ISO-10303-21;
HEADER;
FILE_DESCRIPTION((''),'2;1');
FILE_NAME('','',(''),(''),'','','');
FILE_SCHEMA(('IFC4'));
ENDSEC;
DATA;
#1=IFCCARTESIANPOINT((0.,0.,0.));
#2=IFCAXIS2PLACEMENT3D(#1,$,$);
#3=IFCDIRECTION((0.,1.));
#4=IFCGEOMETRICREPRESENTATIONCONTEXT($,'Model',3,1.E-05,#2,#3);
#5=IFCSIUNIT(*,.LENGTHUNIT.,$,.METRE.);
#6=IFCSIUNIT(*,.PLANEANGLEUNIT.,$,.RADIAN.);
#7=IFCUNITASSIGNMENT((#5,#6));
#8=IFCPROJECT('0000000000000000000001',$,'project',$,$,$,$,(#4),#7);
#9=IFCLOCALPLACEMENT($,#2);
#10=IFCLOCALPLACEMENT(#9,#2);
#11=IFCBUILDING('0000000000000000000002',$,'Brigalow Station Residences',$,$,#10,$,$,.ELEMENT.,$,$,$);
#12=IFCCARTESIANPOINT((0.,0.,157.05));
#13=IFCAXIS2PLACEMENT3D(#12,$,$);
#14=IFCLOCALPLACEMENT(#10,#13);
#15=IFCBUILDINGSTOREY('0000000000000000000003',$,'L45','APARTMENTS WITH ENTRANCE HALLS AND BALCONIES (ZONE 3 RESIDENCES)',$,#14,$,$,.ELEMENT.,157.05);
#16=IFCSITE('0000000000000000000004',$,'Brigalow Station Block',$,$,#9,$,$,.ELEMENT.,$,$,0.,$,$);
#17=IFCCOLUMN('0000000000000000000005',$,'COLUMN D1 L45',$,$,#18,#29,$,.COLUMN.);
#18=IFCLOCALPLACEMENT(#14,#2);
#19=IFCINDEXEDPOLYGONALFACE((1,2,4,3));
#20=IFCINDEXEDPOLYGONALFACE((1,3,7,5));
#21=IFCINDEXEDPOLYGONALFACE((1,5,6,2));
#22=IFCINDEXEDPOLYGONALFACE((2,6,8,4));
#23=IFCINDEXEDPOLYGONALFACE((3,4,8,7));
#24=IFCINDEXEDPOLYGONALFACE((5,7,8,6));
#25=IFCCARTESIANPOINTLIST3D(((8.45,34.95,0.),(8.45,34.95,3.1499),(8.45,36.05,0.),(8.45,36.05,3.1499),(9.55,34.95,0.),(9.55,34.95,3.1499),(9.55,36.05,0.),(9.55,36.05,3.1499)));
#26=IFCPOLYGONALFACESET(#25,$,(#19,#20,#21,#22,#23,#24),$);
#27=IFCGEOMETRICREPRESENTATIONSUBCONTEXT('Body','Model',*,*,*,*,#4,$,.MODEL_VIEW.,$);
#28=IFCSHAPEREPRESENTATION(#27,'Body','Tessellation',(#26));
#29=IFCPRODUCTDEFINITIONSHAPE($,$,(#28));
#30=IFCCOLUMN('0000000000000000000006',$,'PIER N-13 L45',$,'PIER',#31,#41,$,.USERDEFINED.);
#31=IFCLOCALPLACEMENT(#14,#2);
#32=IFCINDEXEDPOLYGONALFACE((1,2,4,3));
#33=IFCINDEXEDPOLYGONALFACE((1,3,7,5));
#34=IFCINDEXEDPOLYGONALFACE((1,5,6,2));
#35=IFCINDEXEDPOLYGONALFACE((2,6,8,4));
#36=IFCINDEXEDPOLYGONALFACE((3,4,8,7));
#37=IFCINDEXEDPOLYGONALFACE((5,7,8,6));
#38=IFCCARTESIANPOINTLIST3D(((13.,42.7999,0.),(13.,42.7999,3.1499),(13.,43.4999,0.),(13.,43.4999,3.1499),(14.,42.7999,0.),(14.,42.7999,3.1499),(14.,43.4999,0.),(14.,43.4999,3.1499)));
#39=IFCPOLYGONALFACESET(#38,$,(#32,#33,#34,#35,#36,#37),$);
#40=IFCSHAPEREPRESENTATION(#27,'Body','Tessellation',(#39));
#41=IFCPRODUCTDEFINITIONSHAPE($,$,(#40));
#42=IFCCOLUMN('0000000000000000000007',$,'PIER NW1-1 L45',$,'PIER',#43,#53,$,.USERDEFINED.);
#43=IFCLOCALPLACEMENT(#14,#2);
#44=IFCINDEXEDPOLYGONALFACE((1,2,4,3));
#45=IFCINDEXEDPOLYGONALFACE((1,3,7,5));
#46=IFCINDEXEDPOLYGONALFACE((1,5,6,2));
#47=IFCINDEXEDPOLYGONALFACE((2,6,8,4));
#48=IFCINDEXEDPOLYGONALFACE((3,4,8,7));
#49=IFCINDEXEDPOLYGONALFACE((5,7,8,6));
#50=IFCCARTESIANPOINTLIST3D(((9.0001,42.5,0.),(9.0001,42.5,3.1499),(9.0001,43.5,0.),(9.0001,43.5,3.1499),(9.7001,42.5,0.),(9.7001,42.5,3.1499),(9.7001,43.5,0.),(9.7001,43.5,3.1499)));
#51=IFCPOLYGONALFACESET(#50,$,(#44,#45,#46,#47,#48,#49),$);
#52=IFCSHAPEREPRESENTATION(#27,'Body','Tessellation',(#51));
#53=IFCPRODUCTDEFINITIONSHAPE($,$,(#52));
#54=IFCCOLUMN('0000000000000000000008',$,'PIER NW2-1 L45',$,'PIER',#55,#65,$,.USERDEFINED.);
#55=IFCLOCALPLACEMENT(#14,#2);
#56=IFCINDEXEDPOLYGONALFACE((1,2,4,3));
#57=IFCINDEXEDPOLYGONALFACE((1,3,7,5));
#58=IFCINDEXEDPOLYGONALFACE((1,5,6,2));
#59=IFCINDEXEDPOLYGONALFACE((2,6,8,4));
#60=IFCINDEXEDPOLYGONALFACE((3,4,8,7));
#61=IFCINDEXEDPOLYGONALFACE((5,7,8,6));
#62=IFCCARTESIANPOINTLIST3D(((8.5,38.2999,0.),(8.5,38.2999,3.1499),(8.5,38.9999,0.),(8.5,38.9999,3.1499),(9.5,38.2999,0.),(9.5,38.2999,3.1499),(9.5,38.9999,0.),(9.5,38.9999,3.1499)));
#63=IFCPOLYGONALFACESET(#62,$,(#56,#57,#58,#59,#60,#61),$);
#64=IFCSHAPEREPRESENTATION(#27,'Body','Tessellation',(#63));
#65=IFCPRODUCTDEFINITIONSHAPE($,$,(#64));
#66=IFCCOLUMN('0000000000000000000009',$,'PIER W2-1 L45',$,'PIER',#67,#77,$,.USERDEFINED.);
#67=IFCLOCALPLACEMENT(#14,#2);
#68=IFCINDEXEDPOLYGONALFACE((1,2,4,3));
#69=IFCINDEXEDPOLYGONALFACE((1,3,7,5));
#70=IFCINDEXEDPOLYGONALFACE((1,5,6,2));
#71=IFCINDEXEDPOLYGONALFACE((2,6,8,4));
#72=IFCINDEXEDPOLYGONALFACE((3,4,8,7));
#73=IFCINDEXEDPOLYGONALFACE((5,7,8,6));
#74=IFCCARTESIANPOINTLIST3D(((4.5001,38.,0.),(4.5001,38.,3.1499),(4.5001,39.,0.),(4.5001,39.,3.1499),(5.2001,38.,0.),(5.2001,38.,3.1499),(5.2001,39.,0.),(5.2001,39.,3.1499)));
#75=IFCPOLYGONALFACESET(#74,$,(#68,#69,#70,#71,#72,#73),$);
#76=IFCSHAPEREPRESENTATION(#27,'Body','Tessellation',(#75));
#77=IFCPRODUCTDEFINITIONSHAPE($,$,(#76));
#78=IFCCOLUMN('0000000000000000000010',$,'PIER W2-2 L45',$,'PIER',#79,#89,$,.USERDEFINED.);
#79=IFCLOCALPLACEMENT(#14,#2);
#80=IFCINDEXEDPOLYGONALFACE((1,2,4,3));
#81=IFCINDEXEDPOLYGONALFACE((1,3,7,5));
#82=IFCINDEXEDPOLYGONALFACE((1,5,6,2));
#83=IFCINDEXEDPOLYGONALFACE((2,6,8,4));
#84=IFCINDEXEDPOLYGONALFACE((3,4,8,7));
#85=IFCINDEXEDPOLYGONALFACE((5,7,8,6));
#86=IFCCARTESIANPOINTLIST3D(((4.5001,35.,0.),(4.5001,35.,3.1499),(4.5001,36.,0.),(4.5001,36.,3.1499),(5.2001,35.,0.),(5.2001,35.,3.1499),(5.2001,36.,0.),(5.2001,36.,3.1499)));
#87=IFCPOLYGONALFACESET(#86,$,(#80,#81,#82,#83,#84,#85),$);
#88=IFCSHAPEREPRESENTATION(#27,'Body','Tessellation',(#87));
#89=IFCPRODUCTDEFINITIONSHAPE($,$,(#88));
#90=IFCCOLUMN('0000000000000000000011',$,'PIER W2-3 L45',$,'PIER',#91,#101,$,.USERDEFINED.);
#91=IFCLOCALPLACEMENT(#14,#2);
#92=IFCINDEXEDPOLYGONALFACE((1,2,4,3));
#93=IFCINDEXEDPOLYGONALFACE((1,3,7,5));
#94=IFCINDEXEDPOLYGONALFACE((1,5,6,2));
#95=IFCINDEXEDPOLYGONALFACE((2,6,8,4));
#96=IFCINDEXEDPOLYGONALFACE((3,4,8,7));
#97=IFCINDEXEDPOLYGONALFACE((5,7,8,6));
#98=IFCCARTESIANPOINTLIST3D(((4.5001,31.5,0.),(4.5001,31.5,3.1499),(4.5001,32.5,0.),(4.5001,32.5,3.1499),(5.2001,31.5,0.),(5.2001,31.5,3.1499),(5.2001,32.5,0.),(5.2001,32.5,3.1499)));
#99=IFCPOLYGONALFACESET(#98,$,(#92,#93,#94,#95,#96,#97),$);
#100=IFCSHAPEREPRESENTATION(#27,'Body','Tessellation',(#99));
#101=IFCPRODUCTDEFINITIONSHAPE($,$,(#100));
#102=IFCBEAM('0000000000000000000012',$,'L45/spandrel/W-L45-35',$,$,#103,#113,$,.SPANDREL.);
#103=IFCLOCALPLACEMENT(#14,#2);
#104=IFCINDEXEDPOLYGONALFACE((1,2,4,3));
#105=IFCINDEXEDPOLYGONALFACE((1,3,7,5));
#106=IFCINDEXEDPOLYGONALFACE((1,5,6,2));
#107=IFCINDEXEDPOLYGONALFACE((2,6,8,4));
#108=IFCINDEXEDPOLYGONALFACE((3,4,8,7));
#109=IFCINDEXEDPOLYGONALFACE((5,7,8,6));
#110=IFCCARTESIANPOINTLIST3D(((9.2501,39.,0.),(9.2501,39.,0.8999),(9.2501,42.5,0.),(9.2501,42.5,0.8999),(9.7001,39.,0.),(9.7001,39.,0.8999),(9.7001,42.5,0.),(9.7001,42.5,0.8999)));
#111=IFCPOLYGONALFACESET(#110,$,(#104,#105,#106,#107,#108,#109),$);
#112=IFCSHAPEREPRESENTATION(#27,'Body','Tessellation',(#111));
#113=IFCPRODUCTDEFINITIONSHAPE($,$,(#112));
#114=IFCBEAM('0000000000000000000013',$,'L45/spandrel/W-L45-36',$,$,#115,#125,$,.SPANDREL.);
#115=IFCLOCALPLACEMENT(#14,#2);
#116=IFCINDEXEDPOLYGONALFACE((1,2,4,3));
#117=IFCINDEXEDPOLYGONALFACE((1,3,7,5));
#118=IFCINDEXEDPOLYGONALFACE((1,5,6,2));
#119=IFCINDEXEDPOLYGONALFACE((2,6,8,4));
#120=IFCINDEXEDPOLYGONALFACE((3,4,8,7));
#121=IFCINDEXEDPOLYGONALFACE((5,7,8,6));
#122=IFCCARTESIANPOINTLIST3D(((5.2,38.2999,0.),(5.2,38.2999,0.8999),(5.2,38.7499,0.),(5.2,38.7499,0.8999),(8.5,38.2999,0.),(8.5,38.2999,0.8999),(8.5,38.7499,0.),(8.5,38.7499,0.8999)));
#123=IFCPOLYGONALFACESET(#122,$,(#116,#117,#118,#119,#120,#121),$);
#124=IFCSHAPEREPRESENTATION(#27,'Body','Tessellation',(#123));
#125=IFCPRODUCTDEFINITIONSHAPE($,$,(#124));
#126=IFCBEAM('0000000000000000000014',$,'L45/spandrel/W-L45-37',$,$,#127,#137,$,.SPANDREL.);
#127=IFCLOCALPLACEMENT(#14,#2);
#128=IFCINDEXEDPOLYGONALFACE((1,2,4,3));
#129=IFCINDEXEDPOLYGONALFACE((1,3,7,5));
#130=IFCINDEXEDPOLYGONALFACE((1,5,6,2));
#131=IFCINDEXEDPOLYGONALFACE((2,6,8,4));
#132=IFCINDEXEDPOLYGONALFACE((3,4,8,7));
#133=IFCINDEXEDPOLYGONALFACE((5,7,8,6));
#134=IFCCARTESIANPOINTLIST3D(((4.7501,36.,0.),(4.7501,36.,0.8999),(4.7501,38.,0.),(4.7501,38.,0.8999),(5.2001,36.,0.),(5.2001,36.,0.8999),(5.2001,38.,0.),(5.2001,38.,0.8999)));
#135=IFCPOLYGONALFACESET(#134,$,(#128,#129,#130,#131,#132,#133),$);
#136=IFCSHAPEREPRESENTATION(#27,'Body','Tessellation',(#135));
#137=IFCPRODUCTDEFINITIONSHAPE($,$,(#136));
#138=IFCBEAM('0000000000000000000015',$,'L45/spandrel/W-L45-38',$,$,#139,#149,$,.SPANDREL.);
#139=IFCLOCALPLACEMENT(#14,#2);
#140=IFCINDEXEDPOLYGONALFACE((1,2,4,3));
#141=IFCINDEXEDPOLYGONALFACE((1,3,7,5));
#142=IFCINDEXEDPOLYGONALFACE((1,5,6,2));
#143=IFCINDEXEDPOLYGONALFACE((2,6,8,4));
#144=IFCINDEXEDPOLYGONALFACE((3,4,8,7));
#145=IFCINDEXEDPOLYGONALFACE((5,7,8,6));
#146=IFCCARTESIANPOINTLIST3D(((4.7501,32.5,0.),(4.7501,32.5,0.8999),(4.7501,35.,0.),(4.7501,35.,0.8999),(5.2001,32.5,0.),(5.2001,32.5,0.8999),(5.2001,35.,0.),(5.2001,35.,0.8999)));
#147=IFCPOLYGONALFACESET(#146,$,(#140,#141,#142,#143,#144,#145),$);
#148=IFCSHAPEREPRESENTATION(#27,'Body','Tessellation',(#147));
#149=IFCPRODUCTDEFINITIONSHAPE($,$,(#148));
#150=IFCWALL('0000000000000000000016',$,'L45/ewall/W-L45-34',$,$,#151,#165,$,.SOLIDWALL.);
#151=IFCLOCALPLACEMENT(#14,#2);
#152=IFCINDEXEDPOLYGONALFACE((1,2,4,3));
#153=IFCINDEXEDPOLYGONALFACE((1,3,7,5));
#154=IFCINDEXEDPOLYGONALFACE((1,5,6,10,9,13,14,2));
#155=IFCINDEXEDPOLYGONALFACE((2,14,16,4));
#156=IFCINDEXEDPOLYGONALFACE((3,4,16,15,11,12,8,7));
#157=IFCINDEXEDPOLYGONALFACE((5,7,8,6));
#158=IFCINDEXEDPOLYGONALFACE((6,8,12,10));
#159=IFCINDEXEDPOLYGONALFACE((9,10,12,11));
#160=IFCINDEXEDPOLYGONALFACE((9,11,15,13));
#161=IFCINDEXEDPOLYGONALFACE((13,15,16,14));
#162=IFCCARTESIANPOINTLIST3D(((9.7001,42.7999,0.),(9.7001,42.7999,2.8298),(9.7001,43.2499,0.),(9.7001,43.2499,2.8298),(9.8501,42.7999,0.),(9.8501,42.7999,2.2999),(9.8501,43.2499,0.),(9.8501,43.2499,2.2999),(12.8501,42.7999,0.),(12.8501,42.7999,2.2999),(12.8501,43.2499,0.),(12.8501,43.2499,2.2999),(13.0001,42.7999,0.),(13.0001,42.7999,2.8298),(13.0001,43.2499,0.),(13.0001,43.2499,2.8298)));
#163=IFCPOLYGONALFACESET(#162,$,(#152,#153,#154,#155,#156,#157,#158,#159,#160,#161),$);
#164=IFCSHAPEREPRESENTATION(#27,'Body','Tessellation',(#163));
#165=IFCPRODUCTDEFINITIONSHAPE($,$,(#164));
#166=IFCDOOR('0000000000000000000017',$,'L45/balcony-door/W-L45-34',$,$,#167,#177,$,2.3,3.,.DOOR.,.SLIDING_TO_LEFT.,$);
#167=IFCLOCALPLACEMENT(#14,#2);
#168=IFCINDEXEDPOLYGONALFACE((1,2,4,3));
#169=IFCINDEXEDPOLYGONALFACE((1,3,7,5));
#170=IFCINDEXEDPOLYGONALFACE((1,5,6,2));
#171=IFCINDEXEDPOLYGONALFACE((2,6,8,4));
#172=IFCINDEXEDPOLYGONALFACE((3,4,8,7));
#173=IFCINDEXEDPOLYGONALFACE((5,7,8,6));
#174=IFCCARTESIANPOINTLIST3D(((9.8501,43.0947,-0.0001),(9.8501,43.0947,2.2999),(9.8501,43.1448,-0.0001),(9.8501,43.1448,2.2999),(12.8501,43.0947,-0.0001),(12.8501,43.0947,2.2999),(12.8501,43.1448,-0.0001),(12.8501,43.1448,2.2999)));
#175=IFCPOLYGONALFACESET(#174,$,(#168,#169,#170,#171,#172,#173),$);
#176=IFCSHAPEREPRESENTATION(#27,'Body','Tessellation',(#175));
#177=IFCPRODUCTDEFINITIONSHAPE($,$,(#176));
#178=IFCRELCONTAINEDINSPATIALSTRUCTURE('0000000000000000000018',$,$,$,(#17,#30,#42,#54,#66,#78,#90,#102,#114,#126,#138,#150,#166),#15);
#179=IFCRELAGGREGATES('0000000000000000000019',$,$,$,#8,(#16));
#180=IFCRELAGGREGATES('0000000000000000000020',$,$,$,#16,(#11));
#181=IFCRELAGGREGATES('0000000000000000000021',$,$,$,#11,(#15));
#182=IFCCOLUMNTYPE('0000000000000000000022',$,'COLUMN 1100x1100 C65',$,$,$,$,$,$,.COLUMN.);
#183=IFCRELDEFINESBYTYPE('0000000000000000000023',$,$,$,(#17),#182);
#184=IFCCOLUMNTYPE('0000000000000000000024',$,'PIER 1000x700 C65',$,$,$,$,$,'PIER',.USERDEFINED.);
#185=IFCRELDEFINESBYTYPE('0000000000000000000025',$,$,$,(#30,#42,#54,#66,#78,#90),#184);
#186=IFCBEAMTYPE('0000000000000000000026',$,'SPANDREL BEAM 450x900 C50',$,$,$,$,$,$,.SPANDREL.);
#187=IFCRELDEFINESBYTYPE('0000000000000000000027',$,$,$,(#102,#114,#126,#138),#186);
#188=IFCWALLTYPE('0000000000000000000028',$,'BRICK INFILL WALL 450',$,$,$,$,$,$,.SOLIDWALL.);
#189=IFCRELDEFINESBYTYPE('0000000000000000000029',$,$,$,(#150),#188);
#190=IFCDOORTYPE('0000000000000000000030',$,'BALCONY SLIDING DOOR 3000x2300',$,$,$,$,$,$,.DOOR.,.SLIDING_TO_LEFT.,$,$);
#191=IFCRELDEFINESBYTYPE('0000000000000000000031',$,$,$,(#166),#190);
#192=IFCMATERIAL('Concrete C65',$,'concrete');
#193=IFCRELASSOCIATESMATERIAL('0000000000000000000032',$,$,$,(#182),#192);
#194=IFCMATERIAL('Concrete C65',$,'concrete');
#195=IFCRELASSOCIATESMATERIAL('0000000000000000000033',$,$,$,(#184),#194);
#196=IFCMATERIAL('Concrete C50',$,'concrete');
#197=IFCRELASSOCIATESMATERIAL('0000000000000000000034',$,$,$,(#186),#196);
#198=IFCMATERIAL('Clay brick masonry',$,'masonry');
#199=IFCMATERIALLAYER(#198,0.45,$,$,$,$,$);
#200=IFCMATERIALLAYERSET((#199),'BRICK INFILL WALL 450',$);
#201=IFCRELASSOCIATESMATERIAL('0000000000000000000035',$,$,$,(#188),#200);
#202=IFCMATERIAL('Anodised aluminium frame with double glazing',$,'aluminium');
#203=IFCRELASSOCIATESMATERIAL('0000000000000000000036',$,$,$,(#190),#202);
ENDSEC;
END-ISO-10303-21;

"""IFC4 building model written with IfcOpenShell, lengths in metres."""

from ifc_helpers import new_model, si_unit, direction, frame, frame_2d, origin, origin_2d, place, context, subcontext, project, spatial, rectangle, extrude, material, layer, layer_set, material_profile, profile_set, type_object, element, fill, save


model = new_model("IFC4")

# Units and contexts
model_context = context("Model", 3, precision=1e-05, world=origin(), true_north=direction((0.0, 1.0)))
body_context = subcontext(model_context, "Body", "Model", "MODEL_VIEW")
ifc_project = project(units=[si_unit("LENGTHUNIT", "METRE"), si_unit("PLANEANGLEUNIT", "RADIAN")], contexts=[model_context])

# Site, building, storey
site_placement = place(None, origin())
site = spatial("IfcSite", under=ifc_project, at=site_placement, Name="Brigalow Station Block", CompositionType="ELEMENT", RefElevation=0.0)
building_placement = place(site_placement, origin())
building = spatial("IfcBuilding", under=site, at=building_placement, Name="Brigalow Station Residences", CompositionType="ELEMENT")
storey_placement = place(building_placement, frame((0.0, 0.0, 157.05)))
storey = spatial("IfcBuildingStorey", under=building, at=storey_placement, Name="L45", Description="APARTMENTS WITH ENTRANCE HALLS AND BALCONIES (ZONE 3 RESIDENCES)", CompositionType="ELEMENT", Elevation=157.05)

# Columns
ifc_material_1 = material(Name="Concrete C65", Category="concrete")
ifc_material_profile_1 = material_profile(ifc_material_1, rectangle(XDim=1.1001, YDim=1.1001, at=origin_2d()), Name="RC1100x1100")
ifc_profile_set_1 = profile_set([ifc_material_profile_1], Name="Concrete C65")
column_type_1 = type_object("IfcColumnType", Name="COLUMN 1100x1100 C65", PredefinedType="COLUMN", material=ifc_profile_set_1)
column_placement = place(storey_placement, frame((9.0, 35.5, 0.0), z_axis=(0.0, 0.0, 1.0), x_axis=(1.0, 0.0, 0.0)))
element("IfcColumn", 1, at=column_placement, inside=storey, type_object=column_type_1, Name="COLUMN D1 L45", PredefinedType="COLUMN", context=body_context, shape_type="SweptSolid", body=[
    extrude(rectangle(XDim=1.1001, YDim=1.1001, at=origin_2d()), origin(), (0.0, 0.0, 1.0), 3.1499),
])
ifc_material_2 = material(Name="Concrete C65", Category="concrete")
ifc_material_profile_2 = material_profile(ifc_material_2, rectangle(XDim=1.0, YDim=0.7, at=origin_2d()), Name="RC1000x700")
ifc_profile_set_2 = profile_set([ifc_material_profile_2], Name="Concrete C65")
column_type_2 = type_object("IfcColumnType", Name="PIER 1000x700 C65", ElementType="PIER", PredefinedType="USERDEFINED", material=ifc_profile_set_2)
for number, where, z_axis, x_axis, name in (
    (2, (13.5, 43.1499, 0.0), (0.0, 0.0, 1.0), (-1.0, 0.0, 0.0), "PIER N-13 L45"),
    (3, (9.3501, 43.0, 0.0), (0.0, 0.0, 1.0), (0.0, -1.0, 0.0), "PIER NW1-1 L45"),
    (4, (9.0, 38.6499, 0.0), (0.0, 0.0, 1.0), (-1.0, 0.0, 0.0), "PIER NW2-1 L45"),
    (5, (4.8501, 38.5, 0.0), (0.0, 0.0, 1.0), (0.0, -1.0, 0.0), "PIER W2-1 L45"),
    (6, (4.8501, 35.5, 0.0), (0.0, 0.0, 1.0), (0.0, -1.0, 0.0), "PIER W2-2 L45"),
    (7, (4.8501, 32.0, 0.0), (0.0, 0.0, 1.0), (0.0, -1.0, 0.0), "PIER W2-3 L45"),
):
    element("IfcColumn", number, at=place(storey_placement, frame(where, z_axis=z_axis, x_axis=x_axis)), inside=storey, type_object=column_type_2, Name=name, ObjectType="PIER", PredefinedType="USERDEFINED", context=body_context, shape_type="SweptSolid", body=[
        extrude(rectangle(XDim=1.0, YDim=0.7, at=origin_2d()), origin(), (0.0, 0.0, 1.0), 3.1499),
    ])

# Beams
ifc_material_3 = material(Name="Concrete C50", Category="concrete")
ifc_material_profile_3 = material_profile(ifc_material_3, rectangle(XDim=0.45, YDim=0.8999, at=origin_2d()), Name="RC450x900")
ifc_profile_set_3 = profile_set([ifc_material_profile_3], Name="Concrete C50")
beam_type = type_object("IfcBeamType", Name="SPANDREL BEAM 450x900 C50", PredefinedType="SPANDREL", material=ifc_profile_set_3)
beam_1_placement = place(storey_placement, frame((9.4751, 42.5, 0.45), z_axis=(0.0, -1.0, 0.0), x_axis=(1.0, 0.0, 0.0)))
element("IfcBeam", 8, at=beam_1_placement, inside=storey, type_object=beam_type, Name="L45/spandrel/W-L45-35", PredefinedType="SPANDREL", context=body_context, shape_type="SweptSolid", body=[
    extrude(rectangle(XDim=0.45, YDim=0.8999, at=origin_2d()), origin(), (0.0, 0.0, 1.0), 3.5),
])
beam_2_placement = place(storey_placement, frame((8.5, 38.5249, 0.45), z_axis=(-1.0, 0.0, 0.0), x_axis=(0.0, -1.0, 0.0)))
element("IfcBeam", 9, at=beam_2_placement, inside=storey, type_object=beam_type, Name="L45/spandrel/W-L45-36", PredefinedType="SPANDREL", context=body_context, shape_type="SweptSolid", body=[
    extrude(rectangle(XDim=0.45, YDim=0.8999, at=origin_2d()), origin(), (0.0, 0.0, 1.0), 3.3),
])
beam_3_placement = place(storey_placement, frame((4.9751, 38.0, 0.45), z_axis=(0.0, -1.0, 0.0), x_axis=(1.0, 0.0, 0.0)))
element("IfcBeam", 10, at=beam_3_placement, inside=storey, type_object=beam_type, Name="L45/spandrel/W-L45-37", PredefinedType="SPANDREL", context=body_context, shape_type="SweptSolid", body=[
    extrude(rectangle(XDim=0.45, YDim=0.8999, at=origin_2d()), origin(), (0.0, 0.0, 1.0), 2.0),
])
beam_4_placement = place(storey_placement, frame((4.9751, 35.0, 0.45), z_axis=(0.0, -1.0, 0.0), x_axis=(1.0, 0.0, 0.0)))
element("IfcBeam", 11, at=beam_4_placement, inside=storey, type_object=beam_type, Name="L45/spandrel/W-L45-38", PredefinedType="SPANDREL", context=body_context, shape_type="SweptSolid", body=[
    extrude(rectangle(XDim=0.45, YDim=0.8999, at=origin_2d()), origin(), (0.0, 0.0, 1.0), 2.5),
])

# Wall, opening, door
ifc_material_4 = material(Name="Clay brick masonry", Category="masonry")
ifc_layer_1 = layer(ifc_material_4, 0.45)
ifc_layer_set_1 = layer_set([ifc_layer_1], Name="BRICK INFILL WALL 450")
wall_type_1 = type_object("IfcWallType", Name="BRICK INFILL WALL 450", PredefinedType="SOLIDWALL", material=ifc_layer_set_1)
wall_1_placement = place(storey_placement, frame((13.0, 43.0249, 0.0), z_axis=(0.0, 0.0, 1.0), x_axis=(-1.0, 0.0, 0.0)))
wall_1 = element("IfcWall", 12, at=wall_1_placement, inside=storey, type_object=wall_type_1, Name="L45/ewall/W-L45-34", PredefinedType="SOLIDWALL", context=body_context, shape_type="SweptSolid", body=[
    extrude(rectangle(XDim=3.3, YDim=0.45, at=frame_2d((1.6499, 0.0))), origin(), (0.0, 0.0, 1.0), 2.8298),
])
opening_1_placement = place(wall_1_placement, frame((0.1499, 0.0, 0.0)))
opening_1 = element("IfcOpeningElement", 13, at=opening_1_placement, cuts=wall_1, PredefinedType="OPENING", context=body_context, shape_type="SweptSolid", body=[
    extrude(rectangle(XDim=3.0, YDim=2.3, at=frame_2d((1.5, 1.1499))), frame((0.0, 0.2349, 0.0), z_axis=(0.0, -1.0, 0.0), x_axis=(1.0, 0.0, 0.0)), (0.0, 0.0, 1.0), 0.47),
])
ifc_material_5 = material(Name="Anodised aluminium frame with double glazing", Category="aluminium")
door_type_1 = type_object("IfcDoorType", Name="BALCONY SLIDING DOOR 3000x2300", OperationType="SLIDING_TO_LEFT", PredefinedType="DOOR", material=ifc_material_5)
door_1_placement = place(opening_1_placement, origin())
door_1 = element("IfcDoor", 14, at=door_1_placement, inside=storey, type_object=door_type_1, Name="L45/balcony-door/W-L45-34", OperationType="SLIDING_TO_LEFT", OverallHeight=2.3, OverallWidth=3.0, PredefinedType="DOOR", context=body_context, shape_type="SweptSolid", body=[
    extrude(rectangle(XDim=3.0, YDim=2.3, at=frame_2d((1.5, 1.1499))), frame((0.0, -0.0698, 0.0), z_axis=(0.0, -1.0, 0.0), x_axis=(1.0, 0.0, 0.0)), (0.0, 0.0, 1.0), 0.05),
])
fill(opening_1, door_1)

save(model, "model.ifc")
